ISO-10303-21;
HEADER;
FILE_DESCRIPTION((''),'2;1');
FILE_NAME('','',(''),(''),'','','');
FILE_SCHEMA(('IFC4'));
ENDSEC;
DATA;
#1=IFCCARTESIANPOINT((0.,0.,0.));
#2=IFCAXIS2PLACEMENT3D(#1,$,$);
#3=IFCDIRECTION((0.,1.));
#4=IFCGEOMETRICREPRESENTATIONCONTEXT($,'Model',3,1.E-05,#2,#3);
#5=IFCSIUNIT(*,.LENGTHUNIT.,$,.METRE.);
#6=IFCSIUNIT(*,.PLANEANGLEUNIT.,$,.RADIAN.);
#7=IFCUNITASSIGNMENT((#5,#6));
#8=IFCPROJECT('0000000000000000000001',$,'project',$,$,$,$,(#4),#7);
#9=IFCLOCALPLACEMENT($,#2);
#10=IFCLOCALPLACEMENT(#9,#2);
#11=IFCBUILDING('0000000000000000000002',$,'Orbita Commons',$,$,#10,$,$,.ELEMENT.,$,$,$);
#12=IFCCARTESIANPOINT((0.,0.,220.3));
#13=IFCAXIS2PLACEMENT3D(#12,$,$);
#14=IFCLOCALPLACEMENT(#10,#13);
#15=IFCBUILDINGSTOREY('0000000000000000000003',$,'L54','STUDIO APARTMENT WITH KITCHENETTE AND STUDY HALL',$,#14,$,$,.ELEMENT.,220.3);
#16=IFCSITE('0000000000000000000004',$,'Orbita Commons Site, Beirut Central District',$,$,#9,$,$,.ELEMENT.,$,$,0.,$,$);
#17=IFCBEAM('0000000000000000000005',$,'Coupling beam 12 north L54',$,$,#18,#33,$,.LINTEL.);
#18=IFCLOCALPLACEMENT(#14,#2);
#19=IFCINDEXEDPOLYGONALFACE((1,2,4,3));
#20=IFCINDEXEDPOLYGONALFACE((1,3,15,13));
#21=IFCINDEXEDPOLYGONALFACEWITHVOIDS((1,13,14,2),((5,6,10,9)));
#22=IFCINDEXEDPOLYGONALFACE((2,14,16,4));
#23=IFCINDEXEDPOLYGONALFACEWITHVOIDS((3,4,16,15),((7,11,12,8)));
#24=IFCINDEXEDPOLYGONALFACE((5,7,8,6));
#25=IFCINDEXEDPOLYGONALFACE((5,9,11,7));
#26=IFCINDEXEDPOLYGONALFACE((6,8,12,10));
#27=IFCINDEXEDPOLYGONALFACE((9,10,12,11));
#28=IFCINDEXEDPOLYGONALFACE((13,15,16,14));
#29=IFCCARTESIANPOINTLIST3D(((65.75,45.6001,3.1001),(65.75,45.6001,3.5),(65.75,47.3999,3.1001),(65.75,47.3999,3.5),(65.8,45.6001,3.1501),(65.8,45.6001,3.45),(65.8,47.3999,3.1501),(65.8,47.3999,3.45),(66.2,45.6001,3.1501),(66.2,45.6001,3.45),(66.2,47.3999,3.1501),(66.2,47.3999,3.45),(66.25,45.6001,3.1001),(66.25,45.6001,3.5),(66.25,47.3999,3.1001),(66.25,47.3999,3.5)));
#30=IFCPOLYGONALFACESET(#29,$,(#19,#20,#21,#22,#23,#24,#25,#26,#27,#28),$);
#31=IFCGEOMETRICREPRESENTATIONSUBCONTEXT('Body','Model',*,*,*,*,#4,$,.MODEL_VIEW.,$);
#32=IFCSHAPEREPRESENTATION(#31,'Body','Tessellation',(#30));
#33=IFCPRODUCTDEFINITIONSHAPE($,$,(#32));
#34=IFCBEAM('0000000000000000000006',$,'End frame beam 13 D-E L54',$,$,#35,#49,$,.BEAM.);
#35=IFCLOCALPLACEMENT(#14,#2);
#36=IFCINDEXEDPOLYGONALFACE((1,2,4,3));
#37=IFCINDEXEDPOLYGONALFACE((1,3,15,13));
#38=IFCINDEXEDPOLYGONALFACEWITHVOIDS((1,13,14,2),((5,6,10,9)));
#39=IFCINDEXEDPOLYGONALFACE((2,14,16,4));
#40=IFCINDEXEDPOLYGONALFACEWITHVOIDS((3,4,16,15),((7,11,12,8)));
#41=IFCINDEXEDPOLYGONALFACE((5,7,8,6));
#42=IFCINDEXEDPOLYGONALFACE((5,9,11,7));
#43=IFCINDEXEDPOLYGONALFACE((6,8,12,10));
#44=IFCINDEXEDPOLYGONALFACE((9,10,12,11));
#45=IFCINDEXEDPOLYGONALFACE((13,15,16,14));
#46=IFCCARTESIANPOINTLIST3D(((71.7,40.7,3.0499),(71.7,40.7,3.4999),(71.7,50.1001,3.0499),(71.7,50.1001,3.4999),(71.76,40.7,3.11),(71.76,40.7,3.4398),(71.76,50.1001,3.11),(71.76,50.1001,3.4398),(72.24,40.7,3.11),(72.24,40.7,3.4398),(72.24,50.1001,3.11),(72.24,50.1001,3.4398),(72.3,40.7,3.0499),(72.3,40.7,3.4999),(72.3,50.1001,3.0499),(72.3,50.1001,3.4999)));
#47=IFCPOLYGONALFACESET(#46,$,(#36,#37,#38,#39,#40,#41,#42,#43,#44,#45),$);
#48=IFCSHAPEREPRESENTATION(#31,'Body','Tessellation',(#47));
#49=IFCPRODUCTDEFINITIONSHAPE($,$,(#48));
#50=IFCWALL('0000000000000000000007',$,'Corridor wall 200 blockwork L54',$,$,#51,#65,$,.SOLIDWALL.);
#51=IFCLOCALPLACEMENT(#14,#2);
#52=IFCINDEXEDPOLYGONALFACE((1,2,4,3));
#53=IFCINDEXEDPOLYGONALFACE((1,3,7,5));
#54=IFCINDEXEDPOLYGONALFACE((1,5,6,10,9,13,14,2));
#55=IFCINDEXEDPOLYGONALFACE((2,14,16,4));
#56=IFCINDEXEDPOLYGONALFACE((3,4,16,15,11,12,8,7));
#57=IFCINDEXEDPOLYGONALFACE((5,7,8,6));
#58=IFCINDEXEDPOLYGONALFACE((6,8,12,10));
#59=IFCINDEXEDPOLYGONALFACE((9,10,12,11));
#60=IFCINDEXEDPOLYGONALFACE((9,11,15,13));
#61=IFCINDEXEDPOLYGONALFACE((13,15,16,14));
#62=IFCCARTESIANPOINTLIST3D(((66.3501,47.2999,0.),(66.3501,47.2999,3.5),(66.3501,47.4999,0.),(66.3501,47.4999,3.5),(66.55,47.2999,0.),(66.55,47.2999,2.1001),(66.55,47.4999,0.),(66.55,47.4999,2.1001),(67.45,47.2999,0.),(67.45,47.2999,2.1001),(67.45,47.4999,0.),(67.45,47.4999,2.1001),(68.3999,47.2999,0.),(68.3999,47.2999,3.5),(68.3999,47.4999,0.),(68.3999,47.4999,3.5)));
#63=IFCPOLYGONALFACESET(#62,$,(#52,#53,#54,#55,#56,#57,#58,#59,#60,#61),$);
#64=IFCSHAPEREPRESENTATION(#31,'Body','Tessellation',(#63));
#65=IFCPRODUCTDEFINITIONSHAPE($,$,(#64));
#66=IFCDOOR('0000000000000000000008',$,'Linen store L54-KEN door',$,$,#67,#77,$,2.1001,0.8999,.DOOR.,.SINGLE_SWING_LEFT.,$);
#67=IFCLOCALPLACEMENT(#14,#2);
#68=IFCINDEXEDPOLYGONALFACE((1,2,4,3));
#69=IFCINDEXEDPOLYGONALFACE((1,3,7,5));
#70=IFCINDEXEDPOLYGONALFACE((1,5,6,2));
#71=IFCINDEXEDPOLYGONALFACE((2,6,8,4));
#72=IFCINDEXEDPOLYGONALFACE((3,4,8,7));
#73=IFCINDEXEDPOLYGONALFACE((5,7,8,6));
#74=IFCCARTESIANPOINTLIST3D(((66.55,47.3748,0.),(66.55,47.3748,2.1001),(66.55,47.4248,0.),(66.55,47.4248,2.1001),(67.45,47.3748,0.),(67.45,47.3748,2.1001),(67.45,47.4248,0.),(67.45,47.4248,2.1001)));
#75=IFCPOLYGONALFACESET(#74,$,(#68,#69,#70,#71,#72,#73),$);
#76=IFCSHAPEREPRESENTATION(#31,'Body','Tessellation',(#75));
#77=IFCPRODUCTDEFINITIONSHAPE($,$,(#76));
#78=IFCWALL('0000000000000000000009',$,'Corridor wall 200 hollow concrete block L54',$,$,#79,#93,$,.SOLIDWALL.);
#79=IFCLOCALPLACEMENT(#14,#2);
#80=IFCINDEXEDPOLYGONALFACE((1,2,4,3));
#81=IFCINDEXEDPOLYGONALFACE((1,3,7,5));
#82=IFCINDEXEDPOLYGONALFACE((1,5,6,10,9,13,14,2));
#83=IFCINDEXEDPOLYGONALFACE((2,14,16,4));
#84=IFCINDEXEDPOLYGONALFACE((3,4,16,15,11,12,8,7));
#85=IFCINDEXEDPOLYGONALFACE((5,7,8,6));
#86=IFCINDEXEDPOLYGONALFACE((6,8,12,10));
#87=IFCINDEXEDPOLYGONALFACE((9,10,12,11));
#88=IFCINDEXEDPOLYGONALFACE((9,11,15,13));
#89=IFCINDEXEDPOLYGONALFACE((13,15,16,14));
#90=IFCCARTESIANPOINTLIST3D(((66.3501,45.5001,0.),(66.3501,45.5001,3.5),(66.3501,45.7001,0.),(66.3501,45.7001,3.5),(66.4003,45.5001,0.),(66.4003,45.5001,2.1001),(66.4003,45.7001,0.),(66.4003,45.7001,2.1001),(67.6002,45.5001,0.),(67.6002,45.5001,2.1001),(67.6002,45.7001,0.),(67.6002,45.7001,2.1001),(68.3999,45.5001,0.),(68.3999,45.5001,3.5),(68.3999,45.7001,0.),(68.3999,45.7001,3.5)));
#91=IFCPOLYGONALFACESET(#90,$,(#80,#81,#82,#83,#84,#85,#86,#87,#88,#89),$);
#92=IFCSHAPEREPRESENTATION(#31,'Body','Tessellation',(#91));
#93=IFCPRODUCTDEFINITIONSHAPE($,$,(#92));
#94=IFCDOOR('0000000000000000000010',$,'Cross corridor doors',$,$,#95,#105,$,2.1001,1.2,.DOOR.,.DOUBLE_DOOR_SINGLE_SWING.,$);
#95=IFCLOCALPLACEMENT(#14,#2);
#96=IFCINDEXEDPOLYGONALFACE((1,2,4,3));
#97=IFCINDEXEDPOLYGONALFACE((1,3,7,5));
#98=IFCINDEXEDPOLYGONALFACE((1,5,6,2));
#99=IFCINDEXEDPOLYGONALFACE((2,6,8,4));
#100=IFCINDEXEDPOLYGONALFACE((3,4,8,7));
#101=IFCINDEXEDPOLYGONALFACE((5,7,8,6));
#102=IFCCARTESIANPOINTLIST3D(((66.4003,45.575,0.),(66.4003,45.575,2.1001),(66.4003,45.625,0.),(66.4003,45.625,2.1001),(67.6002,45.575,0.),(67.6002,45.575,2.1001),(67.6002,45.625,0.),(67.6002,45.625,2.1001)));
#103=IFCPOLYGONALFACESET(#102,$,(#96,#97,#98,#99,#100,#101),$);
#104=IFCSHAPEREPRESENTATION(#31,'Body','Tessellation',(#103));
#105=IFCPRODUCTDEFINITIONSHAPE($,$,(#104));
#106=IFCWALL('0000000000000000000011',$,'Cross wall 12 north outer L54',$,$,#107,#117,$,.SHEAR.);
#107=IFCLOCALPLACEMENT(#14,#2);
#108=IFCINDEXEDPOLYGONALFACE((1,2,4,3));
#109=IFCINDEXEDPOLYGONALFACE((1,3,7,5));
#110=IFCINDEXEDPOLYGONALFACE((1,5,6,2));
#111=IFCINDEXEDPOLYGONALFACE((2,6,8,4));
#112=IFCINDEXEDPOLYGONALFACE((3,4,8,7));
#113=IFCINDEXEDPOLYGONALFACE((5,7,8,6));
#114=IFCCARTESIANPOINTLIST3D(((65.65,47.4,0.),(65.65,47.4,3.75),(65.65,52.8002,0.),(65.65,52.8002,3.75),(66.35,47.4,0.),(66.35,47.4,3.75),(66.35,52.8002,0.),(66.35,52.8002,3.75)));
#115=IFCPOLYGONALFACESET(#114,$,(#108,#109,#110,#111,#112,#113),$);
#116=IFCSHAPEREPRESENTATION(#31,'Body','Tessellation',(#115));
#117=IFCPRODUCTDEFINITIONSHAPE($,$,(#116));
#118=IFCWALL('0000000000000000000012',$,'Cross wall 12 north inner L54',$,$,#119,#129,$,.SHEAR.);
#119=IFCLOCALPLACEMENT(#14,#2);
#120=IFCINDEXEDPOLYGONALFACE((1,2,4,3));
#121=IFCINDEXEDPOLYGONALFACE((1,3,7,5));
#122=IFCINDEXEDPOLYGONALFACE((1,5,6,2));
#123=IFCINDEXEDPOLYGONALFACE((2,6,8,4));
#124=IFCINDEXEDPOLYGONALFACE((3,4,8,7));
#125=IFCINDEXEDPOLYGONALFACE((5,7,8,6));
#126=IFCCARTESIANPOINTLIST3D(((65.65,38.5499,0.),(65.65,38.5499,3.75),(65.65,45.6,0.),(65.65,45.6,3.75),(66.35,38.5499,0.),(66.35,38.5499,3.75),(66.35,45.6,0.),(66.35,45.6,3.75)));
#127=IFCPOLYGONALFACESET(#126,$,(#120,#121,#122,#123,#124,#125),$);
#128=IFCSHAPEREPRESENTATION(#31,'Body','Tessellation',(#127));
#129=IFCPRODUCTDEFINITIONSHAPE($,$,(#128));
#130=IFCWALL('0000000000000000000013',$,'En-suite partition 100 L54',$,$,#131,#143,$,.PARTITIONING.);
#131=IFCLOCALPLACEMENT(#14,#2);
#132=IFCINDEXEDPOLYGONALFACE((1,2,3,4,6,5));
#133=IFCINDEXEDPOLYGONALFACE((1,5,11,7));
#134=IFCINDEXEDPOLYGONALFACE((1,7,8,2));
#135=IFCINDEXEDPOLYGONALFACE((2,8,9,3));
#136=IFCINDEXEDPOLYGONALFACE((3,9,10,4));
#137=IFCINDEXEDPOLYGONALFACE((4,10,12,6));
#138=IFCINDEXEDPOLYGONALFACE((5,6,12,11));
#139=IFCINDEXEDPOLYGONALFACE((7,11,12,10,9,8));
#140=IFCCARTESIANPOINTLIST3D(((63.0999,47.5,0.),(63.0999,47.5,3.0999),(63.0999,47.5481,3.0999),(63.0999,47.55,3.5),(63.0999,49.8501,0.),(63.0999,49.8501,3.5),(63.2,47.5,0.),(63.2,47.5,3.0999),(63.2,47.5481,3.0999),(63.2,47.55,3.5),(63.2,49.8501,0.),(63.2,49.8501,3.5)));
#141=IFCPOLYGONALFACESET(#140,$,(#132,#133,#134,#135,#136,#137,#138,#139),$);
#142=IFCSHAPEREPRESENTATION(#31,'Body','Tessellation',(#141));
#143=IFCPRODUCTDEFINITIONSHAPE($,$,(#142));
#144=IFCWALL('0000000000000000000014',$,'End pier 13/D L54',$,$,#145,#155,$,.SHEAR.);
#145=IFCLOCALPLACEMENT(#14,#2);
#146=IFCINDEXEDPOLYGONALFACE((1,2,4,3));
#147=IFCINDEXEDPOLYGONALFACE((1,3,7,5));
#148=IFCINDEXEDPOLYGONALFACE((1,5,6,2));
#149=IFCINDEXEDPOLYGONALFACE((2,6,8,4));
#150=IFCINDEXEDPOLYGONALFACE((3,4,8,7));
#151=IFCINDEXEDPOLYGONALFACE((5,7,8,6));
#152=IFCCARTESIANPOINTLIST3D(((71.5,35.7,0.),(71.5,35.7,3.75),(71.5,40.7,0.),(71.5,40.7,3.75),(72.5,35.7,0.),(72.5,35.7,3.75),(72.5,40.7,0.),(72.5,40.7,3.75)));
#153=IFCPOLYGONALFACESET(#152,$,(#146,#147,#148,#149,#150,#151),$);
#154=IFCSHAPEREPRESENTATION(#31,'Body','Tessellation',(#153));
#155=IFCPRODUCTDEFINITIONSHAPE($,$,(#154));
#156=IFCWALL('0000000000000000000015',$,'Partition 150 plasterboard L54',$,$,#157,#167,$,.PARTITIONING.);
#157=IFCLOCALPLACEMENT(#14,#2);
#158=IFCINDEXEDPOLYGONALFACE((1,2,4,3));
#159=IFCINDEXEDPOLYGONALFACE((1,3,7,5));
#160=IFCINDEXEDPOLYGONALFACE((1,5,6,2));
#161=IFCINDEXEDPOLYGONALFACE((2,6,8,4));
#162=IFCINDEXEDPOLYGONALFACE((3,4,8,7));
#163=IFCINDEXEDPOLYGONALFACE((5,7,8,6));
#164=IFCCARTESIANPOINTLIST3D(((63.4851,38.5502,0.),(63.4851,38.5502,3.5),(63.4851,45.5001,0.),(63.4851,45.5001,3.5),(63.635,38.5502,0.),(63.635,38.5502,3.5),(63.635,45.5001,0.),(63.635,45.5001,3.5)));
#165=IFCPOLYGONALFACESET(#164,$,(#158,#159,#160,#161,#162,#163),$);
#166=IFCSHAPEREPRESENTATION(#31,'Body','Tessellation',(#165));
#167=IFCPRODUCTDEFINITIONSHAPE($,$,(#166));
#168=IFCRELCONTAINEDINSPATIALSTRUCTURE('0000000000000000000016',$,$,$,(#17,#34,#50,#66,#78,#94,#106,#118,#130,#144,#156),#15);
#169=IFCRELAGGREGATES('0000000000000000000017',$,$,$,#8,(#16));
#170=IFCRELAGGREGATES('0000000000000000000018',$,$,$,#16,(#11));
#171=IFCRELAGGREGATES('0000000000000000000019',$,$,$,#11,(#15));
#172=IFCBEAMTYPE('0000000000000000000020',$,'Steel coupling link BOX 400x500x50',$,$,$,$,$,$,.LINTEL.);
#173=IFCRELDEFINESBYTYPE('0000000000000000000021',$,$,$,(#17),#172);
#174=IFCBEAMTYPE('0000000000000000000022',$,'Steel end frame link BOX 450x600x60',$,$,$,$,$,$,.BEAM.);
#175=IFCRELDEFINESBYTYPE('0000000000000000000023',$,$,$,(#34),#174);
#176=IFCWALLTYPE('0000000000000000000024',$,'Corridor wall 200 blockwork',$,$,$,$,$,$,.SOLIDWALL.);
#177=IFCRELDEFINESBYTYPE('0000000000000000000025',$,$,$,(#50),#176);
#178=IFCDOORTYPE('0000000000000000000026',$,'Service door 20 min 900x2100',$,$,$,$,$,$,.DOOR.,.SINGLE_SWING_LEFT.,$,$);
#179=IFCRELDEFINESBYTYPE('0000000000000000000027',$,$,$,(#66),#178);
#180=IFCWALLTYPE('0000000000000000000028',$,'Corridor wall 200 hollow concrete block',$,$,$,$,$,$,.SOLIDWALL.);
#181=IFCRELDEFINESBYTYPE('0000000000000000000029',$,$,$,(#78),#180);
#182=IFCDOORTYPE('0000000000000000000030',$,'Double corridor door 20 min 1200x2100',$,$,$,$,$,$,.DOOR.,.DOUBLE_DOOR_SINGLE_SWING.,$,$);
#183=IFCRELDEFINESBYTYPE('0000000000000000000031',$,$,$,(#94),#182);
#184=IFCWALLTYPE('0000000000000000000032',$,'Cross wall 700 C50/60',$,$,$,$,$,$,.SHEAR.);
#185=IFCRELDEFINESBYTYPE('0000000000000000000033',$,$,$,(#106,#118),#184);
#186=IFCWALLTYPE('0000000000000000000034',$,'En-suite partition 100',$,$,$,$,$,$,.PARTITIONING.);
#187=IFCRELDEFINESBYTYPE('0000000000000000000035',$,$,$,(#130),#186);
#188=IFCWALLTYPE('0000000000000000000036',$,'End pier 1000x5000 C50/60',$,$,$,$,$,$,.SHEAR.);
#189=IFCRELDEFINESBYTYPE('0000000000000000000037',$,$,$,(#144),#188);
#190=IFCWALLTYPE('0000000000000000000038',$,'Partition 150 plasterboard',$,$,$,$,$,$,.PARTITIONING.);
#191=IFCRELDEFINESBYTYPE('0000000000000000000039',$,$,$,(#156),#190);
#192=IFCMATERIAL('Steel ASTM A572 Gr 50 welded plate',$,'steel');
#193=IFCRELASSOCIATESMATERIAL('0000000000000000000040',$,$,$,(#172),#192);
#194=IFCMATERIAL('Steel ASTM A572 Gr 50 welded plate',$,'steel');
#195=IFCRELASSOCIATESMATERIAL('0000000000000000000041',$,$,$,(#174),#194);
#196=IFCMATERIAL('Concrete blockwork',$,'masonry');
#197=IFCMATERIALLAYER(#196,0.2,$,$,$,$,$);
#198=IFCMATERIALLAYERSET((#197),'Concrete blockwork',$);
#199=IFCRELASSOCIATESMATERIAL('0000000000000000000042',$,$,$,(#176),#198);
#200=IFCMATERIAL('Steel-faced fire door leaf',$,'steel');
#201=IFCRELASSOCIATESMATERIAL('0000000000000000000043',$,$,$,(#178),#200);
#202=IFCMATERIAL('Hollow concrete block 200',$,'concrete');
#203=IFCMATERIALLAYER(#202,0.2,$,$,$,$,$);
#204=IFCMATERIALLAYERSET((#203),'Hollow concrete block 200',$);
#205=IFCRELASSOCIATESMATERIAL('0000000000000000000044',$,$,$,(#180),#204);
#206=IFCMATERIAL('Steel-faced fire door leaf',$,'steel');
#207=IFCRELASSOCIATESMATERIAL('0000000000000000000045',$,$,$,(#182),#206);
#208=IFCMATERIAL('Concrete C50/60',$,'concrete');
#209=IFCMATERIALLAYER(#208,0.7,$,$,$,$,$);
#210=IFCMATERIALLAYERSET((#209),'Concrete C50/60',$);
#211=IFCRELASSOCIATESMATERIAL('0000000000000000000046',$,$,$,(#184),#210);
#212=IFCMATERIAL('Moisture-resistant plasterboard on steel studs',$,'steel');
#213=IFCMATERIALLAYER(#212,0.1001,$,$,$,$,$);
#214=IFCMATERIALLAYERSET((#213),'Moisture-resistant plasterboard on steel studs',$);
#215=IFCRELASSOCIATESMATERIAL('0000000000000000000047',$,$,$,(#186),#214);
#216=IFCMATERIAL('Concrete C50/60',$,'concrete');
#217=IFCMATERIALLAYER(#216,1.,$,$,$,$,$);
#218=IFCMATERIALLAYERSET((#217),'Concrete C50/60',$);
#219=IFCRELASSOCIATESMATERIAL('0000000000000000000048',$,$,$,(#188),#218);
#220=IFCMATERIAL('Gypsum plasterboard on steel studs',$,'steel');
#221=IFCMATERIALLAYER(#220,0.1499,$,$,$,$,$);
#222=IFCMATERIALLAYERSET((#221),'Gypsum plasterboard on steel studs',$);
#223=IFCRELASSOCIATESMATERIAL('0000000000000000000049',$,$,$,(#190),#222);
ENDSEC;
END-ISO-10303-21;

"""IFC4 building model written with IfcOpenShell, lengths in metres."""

from ifc_helpers import new_model, si_unit, direction, frame, frame_2d, origin, origin_2d, place, context, subcontext, project, spatial, polyline, rectangle, hollow_rectangle, outline, extrude, material, layer, layer_set, material_profile, profile_set, type_object, element, fill, save


model = new_model("IFC4")

# Units and contexts
model_context = context("Model", 3, precision=1e-05, world=origin(), true_north=direction((0.0, 1.0)))
body_context = subcontext(model_context, "Body", "Model", "MODEL_VIEW")
ifc_project = project(units=[si_unit("LENGTHUNIT", "METRE"), si_unit("PLANEANGLEUNIT", "RADIAN")], contexts=[model_context])

# Site, building, storey
site_placement = place(None, origin())
site = spatial("IfcSite", under=ifc_project, at=site_placement, Name="Orbita Commons Site, Beirut Central District", CompositionType="ELEMENT", RefElevation=0.0)
building_placement = place(site_placement, origin())
building = spatial("IfcBuilding", under=site, at=building_placement, Name="Orbita Commons", CompositionType="ELEMENT")
storey_placement = place(building_placement, frame((0.0, 0.0, 220.3)))
storey = spatial("IfcBuildingStorey", under=building, at=storey_placement, Name="L54", Description="STUDIO APARTMENT WITH KITCHENETTE AND STUDY HALL", CompositionType="ELEMENT", Elevation=220.3)

# Beams
ifc_material_1 = material(Name="Steel ASTM A572 Gr 50 welded plate", Category="steel")
ifc_material_profile_1 = material_profile(ifc_material_1, hollow_rectangle(XDim=0.5, YDim=0.3999, WallThickness=0.05, at=origin_2d()), Name="BOX 400x500x50")
ifc_profile_set_1 = profile_set([ifc_material_profile_1], Name="Steel ASTM A572 Gr 50 welded plate")
beam_type_1 = type_object("IfcBeamType", Name="Steel coupling link BOX 400x500x50", PredefinedType="LINTEL", material=ifc_profile_set_1)
beam_1_placement = place(storey_placement, frame((66.0, 45.6001, 3.3), z_axis=(0.0, 1.0, 0.0), x_axis=(-1.0, 0.0, 0.0)))
element("IfcBeam", 1, at=beam_1_placement, inside=storey, type_object=beam_type_1, Name="Coupling beam 12 north L54", PredefinedType="LINTEL", context=body_context, shape_type="SweptSolid", body=[
    extrude(hollow_rectangle(XDim=0.5, YDim=0.3999, WallThickness=0.05, at=origin_2d()), origin(), (0.0, 0.0, 1.0), 1.7998),
])
ifc_material_2 = material(Name="Steel ASTM A572 Gr 50 welded plate", Category="steel")
ifc_material_profile_2 = material_profile(ifc_material_2, hollow_rectangle(XDim=0.6001, YDim=0.45, WallThickness=0.0601, at=origin_2d()), Name="BOX 450x600x60")
ifc_profile_set_2 = profile_set([ifc_material_profile_2], Name="Steel ASTM A572 Gr 50 welded plate")
beam_type_2 = type_object("IfcBeamType", Name="Steel end frame link BOX 450x600x60", PredefinedType="BEAM", material=ifc_profile_set_2)
beam_2_placement = place(storey_placement, frame((72.0, 40.7, 3.2749), z_axis=(0.0, 1.0, 0.0), x_axis=(-1.0, 0.0, 0.0)))
element("IfcBeam", 2, at=beam_2_placement, inside=storey, type_object=beam_type_2, Name="End frame beam 13 D-E L54", PredefinedType="BEAM", context=body_context, shape_type="SweptSolid", body=[
    extrude(hollow_rectangle(XDim=0.6001, YDim=0.45, WallThickness=0.0601, at=origin_2d()), origin(), (0.0, 0.0, 1.0), 9.4001),
])

# Walls, openings, doors
ifc_material_3 = material(Name="Concrete blockwork", Category="masonry")
ifc_layer_1 = layer(ifc_material_3, 0.2)
ifc_layer_set_1 = layer_set([ifc_layer_1], Name="Concrete blockwork")
wall_type_1 = type_object("IfcWallType", Name="Corridor wall 200 blockwork", PredefinedType="SOLIDWALL", material=ifc_layer_set_1)
wall_1_placement = place(storey_placement, frame((66.3501, 47.3999, 0.0), z_axis=(0.0, 0.0, 1.0), x_axis=(1.0, 0.0, 0.0)))
wall_1 = element("IfcWall", 3, at=wall_1_placement, inside=storey, type_object=wall_type_1, Name="Corridor wall 200 blockwork L54", PredefinedType="SOLIDWALL", context=body_context, shape_type="SweptSolid", body=[
    extrude(rectangle(XDim=2.0498, YDim=0.2, at=frame_2d((1.0249, 0.0))), origin(), (0.0, 0.0, 1.0), 3.5),
])
opening_1_placement = place(wall_1_placement, frame((0.2, 0.0, 0.0)))
opening_1 = element("IfcOpeningElement", 4, at=opening_1_placement, cuts=wall_1, PredefinedType="OPENING", context=body_context, shape_type="SweptSolid", body=[
    extrude(rectangle(XDim=0.8999, YDim=2.1001, at=frame_2d((0.45, 1.05))), frame((0.0, 0.1099, 0.0), z_axis=(0.0, -1.0, 0.0), x_axis=(1.0, 0.0, 0.0)), (0.0, 0.0, 1.0), 0.22),
])
ifc_material_4 = material(Name="Steel-faced fire door leaf", Category="steel")
door_type_1 = type_object("IfcDoorType", Name="Service door 20 min 900x2100", OperationType="SINGLE_SWING_LEFT", PredefinedType="DOOR", material=ifc_material_4)
door_1_placement = place(opening_1_placement, origin())
door_1 = element("IfcDoor", 5, at=door_1_placement, inside=storey, type_object=door_type_1, Name="Linen store L54-KEN door", OperationType="SINGLE_SWING_LEFT", OverallHeight=2.1001, OverallWidth=0.8999, PredefinedType="DOOR", context=body_context, shape_type="SweptSolid", body=[
    extrude(rectangle(XDim=0.8999, YDim=2.1001, at=frame_2d((0.45, 1.05))), frame((0.0, 0.0249, 0.0), z_axis=(0.0, -1.0, 0.0), x_axis=(1.0, 0.0, 0.0)), (0.0, 0.0, 1.0), 0.05),
])
fill(opening_1, door_1)
ifc_material_5 = material(Name="Hollow concrete block 200", Category="concrete")
ifc_layer_2 = layer(ifc_material_5, 0.2)
ifc_layer_set_2 = layer_set([ifc_layer_2], Name="Hollow concrete block 200")
wall_type_2 = type_object("IfcWallType", Name="Corridor wall 200 hollow concrete block", PredefinedType="SOLIDWALL", material=ifc_layer_set_2)
wall_2_placement = place(storey_placement, frame((66.3501, 45.6001, 0.0), z_axis=(0.0, 0.0, 1.0), x_axis=(1.0, 0.0, 0.0)))
wall_2 = element("IfcWall", 6, at=wall_2_placement, inside=storey, type_object=wall_type_2, Name="Corridor wall 200 hollow concrete block L54", PredefinedType="SOLIDWALL", context=body_context, shape_type="SweptSolid", body=[
    extrude(rectangle(XDim=2.0498, YDim=0.2, at=frame_2d((1.0249, 0.0))), origin(), (0.0, 0.0, 1.0), 3.5),
])
opening_2_placement = place(wall_2_placement, frame((0.05, 0.0, 0.0)))
opening_2 = element("IfcOpeningElement", 7, at=opening_2_placement, cuts=wall_2, PredefinedType="OPENING", context=body_context, shape_type="SweptSolid", body=[
    extrude(rectangle(XDim=1.2, YDim=2.1001, at=frame_2d((0.6001, 1.05))), frame((0.0, 0.1099, 0.0), z_axis=(0.0, -1.0, 0.0), x_axis=(1.0, 0.0, 0.0)), (0.0, 0.0, 1.0), 0.22),
])
ifc_material_6 = material(Name="Steel-faced fire door leaf", Category="steel")
door_type_2 = type_object("IfcDoorType", Name="Double corridor door 20 min 1200x2100", OperationType="DOUBLE_DOOR_SINGLE_SWING", PredefinedType="DOOR", material=ifc_material_6)
door_2_placement = place(opening_2_placement, origin())
door_2 = element("IfcDoor", 8, at=door_2_placement, inside=storey, type_object=door_type_2, Name="Cross corridor doors", OperationType="DOUBLE_DOOR_SINGLE_SWING", OverallHeight=2.1001, OverallWidth=1.2, PredefinedType="DOOR", context=body_context, shape_type="SweptSolid", body=[
    extrude(rectangle(XDim=1.2, YDim=2.1001, at=frame_2d((0.6001, 1.05))), frame((0.0, 0.0249, 0.0), z_axis=(0.0, -1.0, 0.0), x_axis=(1.0, 0.0, 0.0)), (0.0, 0.0, 1.0), 0.05),
])
fill(opening_2, door_2)

# Walls
ifc_material_7 = material(Name="Concrete C50/60", Category="concrete")
ifc_layer_3 = layer(ifc_material_7, 0.7)
ifc_layer_set_3 = layer_set([ifc_layer_3], Name="Concrete C50/60")
wall_type_3 = type_object("IfcWallType", Name="Cross wall 700 C50/60", PredefinedType="SHEAR", material=ifc_layer_set_3)
wall_3_placement = place(storey_placement, frame((66.0, 47.3999, 0.0), z_axis=(0.0, 0.0, 1.0), x_axis=(0.0, 1.0, 0.0)))
element("IfcWall", 9, at=wall_3_placement, inside=storey, type_object=wall_type_3, Name="Cross wall 12 north outer L54", PredefinedType="SHEAR", context=body_context, shape_type="SweptSolid", body=[
    extrude(rectangle(XDim=5.4001, YDim=0.7, at=frame_2d((2.7002, 0.0))), origin(), (0.0, 0.0, 1.0), 3.75),
])
wall_4_placement = place(storey_placement, frame((66.0, 38.55, 0.0), z_axis=(0.0, 0.0, 1.0), x_axis=(0.0, 1.0, 0.0)))
element("IfcWall", 10, at=wall_4_placement, inside=storey, type_object=wall_type_3, Name="Cross wall 12 north inner L54", PredefinedType="SHEAR", context=body_context, shape_type="SweptSolid", body=[
    extrude(rectangle(XDim=7.05, YDim=0.7, at=frame_2d((3.5249, 0.0))), origin(), (0.0, 0.0, 1.0), 3.75),
])
ifc_material_8 = material(Name="Moisture-resistant plasterboard on steel studs", Category="steel")
ifc_layer_4 = layer(ifc_material_8, 0.1001)
ifc_layer_set_4 = layer_set([ifc_layer_4], Name="Moisture-resistant plasterboard on steel studs")
wall_type_4 = type_object("IfcWallType", Name="En-suite partition 100", PredefinedType="PARTITIONING", material=ifc_layer_set_4)
wall_5_placement = place(storey_placement, frame((63.1499, 49.8501, 0.0), z_axis=(0.0, 0.0, 1.0), x_axis=(0.0, -1.0, 0.0)))
element("IfcWall", 11, at=wall_5_placement, inside=storey, type_object=wall_type_4, Name="En-suite partition 100 L54", PredefinedType="PARTITIONING", context=body_context, shape_type="SweptSolid", body=[
    extrude(outline(polyline([(0.0, 0.0), (2.3501, 0.0), (2.3501, 3.0999), (2.302, 3.0999), (2.3, 3.5), (0.0, 3.5), (0.0, 0.0)])), frame((0.0, 0.05, 0.0), z_axis=(0.0, -1.0, 0.0), x_axis=(1.0, 0.0, 0.0)), (0.0, 0.0, 1.0), 0.1001),
])
ifc_material_9 = material(Name="Concrete C50/60", Category="concrete")
ifc_layer_5 = layer(ifc_material_9, 1.0)
ifc_layer_set_5 = layer_set([ifc_layer_5], Name="Concrete C50/60")
wall_type_5 = type_object("IfcWallType", Name="End pier 1000x5000 C50/60", PredefinedType="SHEAR", material=ifc_layer_set_5)
wall_6_placement = place(storey_placement, frame((72.0, 35.7, 0.0), z_axis=(0.0, 0.0, 1.0), x_axis=(0.0, 1.0, 0.0)))
element("IfcWall", 12, at=wall_6_placement, inside=storey, type_object=wall_type_5, Name="End pier 13/D L54", PredefinedType="SHEAR", context=body_context, shape_type="SweptSolid", body=[
    extrude(rectangle(XDim=5.0, YDim=1.0, at=frame_2d((2.5, 0.0))), origin(), (0.0, 0.0, 1.0), 3.75),
])
ifc_material_10 = material(Name="Gypsum plasterboard on steel studs", Category="steel")
ifc_layer_6 = layer(ifc_material_10, 0.1499)
ifc_layer_set_6 = layer_set([ifc_layer_6], Name="Gypsum plasterboard on steel studs")
wall_type_6 = type_object("IfcWallType", Name="Partition 150 plasterboard", PredefinedType="PARTITIONING", material=ifc_layer_set_6)
wall_7_placement = place(storey_placement, frame((63.5601, 38.55, 0.0), z_axis=(0.0, 0.0, 1.0), x_axis=(0.0, 1.0, 0.0)))
element("IfcWall", 13, at=wall_7_placement, inside=storey, type_object=wall_type_6, Name="Partition 150 plasterboard L54", PredefinedType="PARTITIONING", context=body_context, shape_type="SweptSolid", body=[
    extrude(rectangle(XDim=6.95, YDim=0.1499, at=frame_2d((3.4751, 0.0))), origin(), (0.0, 0.0, 1.0), 3.5),
])

save(model, "model.ifc")
